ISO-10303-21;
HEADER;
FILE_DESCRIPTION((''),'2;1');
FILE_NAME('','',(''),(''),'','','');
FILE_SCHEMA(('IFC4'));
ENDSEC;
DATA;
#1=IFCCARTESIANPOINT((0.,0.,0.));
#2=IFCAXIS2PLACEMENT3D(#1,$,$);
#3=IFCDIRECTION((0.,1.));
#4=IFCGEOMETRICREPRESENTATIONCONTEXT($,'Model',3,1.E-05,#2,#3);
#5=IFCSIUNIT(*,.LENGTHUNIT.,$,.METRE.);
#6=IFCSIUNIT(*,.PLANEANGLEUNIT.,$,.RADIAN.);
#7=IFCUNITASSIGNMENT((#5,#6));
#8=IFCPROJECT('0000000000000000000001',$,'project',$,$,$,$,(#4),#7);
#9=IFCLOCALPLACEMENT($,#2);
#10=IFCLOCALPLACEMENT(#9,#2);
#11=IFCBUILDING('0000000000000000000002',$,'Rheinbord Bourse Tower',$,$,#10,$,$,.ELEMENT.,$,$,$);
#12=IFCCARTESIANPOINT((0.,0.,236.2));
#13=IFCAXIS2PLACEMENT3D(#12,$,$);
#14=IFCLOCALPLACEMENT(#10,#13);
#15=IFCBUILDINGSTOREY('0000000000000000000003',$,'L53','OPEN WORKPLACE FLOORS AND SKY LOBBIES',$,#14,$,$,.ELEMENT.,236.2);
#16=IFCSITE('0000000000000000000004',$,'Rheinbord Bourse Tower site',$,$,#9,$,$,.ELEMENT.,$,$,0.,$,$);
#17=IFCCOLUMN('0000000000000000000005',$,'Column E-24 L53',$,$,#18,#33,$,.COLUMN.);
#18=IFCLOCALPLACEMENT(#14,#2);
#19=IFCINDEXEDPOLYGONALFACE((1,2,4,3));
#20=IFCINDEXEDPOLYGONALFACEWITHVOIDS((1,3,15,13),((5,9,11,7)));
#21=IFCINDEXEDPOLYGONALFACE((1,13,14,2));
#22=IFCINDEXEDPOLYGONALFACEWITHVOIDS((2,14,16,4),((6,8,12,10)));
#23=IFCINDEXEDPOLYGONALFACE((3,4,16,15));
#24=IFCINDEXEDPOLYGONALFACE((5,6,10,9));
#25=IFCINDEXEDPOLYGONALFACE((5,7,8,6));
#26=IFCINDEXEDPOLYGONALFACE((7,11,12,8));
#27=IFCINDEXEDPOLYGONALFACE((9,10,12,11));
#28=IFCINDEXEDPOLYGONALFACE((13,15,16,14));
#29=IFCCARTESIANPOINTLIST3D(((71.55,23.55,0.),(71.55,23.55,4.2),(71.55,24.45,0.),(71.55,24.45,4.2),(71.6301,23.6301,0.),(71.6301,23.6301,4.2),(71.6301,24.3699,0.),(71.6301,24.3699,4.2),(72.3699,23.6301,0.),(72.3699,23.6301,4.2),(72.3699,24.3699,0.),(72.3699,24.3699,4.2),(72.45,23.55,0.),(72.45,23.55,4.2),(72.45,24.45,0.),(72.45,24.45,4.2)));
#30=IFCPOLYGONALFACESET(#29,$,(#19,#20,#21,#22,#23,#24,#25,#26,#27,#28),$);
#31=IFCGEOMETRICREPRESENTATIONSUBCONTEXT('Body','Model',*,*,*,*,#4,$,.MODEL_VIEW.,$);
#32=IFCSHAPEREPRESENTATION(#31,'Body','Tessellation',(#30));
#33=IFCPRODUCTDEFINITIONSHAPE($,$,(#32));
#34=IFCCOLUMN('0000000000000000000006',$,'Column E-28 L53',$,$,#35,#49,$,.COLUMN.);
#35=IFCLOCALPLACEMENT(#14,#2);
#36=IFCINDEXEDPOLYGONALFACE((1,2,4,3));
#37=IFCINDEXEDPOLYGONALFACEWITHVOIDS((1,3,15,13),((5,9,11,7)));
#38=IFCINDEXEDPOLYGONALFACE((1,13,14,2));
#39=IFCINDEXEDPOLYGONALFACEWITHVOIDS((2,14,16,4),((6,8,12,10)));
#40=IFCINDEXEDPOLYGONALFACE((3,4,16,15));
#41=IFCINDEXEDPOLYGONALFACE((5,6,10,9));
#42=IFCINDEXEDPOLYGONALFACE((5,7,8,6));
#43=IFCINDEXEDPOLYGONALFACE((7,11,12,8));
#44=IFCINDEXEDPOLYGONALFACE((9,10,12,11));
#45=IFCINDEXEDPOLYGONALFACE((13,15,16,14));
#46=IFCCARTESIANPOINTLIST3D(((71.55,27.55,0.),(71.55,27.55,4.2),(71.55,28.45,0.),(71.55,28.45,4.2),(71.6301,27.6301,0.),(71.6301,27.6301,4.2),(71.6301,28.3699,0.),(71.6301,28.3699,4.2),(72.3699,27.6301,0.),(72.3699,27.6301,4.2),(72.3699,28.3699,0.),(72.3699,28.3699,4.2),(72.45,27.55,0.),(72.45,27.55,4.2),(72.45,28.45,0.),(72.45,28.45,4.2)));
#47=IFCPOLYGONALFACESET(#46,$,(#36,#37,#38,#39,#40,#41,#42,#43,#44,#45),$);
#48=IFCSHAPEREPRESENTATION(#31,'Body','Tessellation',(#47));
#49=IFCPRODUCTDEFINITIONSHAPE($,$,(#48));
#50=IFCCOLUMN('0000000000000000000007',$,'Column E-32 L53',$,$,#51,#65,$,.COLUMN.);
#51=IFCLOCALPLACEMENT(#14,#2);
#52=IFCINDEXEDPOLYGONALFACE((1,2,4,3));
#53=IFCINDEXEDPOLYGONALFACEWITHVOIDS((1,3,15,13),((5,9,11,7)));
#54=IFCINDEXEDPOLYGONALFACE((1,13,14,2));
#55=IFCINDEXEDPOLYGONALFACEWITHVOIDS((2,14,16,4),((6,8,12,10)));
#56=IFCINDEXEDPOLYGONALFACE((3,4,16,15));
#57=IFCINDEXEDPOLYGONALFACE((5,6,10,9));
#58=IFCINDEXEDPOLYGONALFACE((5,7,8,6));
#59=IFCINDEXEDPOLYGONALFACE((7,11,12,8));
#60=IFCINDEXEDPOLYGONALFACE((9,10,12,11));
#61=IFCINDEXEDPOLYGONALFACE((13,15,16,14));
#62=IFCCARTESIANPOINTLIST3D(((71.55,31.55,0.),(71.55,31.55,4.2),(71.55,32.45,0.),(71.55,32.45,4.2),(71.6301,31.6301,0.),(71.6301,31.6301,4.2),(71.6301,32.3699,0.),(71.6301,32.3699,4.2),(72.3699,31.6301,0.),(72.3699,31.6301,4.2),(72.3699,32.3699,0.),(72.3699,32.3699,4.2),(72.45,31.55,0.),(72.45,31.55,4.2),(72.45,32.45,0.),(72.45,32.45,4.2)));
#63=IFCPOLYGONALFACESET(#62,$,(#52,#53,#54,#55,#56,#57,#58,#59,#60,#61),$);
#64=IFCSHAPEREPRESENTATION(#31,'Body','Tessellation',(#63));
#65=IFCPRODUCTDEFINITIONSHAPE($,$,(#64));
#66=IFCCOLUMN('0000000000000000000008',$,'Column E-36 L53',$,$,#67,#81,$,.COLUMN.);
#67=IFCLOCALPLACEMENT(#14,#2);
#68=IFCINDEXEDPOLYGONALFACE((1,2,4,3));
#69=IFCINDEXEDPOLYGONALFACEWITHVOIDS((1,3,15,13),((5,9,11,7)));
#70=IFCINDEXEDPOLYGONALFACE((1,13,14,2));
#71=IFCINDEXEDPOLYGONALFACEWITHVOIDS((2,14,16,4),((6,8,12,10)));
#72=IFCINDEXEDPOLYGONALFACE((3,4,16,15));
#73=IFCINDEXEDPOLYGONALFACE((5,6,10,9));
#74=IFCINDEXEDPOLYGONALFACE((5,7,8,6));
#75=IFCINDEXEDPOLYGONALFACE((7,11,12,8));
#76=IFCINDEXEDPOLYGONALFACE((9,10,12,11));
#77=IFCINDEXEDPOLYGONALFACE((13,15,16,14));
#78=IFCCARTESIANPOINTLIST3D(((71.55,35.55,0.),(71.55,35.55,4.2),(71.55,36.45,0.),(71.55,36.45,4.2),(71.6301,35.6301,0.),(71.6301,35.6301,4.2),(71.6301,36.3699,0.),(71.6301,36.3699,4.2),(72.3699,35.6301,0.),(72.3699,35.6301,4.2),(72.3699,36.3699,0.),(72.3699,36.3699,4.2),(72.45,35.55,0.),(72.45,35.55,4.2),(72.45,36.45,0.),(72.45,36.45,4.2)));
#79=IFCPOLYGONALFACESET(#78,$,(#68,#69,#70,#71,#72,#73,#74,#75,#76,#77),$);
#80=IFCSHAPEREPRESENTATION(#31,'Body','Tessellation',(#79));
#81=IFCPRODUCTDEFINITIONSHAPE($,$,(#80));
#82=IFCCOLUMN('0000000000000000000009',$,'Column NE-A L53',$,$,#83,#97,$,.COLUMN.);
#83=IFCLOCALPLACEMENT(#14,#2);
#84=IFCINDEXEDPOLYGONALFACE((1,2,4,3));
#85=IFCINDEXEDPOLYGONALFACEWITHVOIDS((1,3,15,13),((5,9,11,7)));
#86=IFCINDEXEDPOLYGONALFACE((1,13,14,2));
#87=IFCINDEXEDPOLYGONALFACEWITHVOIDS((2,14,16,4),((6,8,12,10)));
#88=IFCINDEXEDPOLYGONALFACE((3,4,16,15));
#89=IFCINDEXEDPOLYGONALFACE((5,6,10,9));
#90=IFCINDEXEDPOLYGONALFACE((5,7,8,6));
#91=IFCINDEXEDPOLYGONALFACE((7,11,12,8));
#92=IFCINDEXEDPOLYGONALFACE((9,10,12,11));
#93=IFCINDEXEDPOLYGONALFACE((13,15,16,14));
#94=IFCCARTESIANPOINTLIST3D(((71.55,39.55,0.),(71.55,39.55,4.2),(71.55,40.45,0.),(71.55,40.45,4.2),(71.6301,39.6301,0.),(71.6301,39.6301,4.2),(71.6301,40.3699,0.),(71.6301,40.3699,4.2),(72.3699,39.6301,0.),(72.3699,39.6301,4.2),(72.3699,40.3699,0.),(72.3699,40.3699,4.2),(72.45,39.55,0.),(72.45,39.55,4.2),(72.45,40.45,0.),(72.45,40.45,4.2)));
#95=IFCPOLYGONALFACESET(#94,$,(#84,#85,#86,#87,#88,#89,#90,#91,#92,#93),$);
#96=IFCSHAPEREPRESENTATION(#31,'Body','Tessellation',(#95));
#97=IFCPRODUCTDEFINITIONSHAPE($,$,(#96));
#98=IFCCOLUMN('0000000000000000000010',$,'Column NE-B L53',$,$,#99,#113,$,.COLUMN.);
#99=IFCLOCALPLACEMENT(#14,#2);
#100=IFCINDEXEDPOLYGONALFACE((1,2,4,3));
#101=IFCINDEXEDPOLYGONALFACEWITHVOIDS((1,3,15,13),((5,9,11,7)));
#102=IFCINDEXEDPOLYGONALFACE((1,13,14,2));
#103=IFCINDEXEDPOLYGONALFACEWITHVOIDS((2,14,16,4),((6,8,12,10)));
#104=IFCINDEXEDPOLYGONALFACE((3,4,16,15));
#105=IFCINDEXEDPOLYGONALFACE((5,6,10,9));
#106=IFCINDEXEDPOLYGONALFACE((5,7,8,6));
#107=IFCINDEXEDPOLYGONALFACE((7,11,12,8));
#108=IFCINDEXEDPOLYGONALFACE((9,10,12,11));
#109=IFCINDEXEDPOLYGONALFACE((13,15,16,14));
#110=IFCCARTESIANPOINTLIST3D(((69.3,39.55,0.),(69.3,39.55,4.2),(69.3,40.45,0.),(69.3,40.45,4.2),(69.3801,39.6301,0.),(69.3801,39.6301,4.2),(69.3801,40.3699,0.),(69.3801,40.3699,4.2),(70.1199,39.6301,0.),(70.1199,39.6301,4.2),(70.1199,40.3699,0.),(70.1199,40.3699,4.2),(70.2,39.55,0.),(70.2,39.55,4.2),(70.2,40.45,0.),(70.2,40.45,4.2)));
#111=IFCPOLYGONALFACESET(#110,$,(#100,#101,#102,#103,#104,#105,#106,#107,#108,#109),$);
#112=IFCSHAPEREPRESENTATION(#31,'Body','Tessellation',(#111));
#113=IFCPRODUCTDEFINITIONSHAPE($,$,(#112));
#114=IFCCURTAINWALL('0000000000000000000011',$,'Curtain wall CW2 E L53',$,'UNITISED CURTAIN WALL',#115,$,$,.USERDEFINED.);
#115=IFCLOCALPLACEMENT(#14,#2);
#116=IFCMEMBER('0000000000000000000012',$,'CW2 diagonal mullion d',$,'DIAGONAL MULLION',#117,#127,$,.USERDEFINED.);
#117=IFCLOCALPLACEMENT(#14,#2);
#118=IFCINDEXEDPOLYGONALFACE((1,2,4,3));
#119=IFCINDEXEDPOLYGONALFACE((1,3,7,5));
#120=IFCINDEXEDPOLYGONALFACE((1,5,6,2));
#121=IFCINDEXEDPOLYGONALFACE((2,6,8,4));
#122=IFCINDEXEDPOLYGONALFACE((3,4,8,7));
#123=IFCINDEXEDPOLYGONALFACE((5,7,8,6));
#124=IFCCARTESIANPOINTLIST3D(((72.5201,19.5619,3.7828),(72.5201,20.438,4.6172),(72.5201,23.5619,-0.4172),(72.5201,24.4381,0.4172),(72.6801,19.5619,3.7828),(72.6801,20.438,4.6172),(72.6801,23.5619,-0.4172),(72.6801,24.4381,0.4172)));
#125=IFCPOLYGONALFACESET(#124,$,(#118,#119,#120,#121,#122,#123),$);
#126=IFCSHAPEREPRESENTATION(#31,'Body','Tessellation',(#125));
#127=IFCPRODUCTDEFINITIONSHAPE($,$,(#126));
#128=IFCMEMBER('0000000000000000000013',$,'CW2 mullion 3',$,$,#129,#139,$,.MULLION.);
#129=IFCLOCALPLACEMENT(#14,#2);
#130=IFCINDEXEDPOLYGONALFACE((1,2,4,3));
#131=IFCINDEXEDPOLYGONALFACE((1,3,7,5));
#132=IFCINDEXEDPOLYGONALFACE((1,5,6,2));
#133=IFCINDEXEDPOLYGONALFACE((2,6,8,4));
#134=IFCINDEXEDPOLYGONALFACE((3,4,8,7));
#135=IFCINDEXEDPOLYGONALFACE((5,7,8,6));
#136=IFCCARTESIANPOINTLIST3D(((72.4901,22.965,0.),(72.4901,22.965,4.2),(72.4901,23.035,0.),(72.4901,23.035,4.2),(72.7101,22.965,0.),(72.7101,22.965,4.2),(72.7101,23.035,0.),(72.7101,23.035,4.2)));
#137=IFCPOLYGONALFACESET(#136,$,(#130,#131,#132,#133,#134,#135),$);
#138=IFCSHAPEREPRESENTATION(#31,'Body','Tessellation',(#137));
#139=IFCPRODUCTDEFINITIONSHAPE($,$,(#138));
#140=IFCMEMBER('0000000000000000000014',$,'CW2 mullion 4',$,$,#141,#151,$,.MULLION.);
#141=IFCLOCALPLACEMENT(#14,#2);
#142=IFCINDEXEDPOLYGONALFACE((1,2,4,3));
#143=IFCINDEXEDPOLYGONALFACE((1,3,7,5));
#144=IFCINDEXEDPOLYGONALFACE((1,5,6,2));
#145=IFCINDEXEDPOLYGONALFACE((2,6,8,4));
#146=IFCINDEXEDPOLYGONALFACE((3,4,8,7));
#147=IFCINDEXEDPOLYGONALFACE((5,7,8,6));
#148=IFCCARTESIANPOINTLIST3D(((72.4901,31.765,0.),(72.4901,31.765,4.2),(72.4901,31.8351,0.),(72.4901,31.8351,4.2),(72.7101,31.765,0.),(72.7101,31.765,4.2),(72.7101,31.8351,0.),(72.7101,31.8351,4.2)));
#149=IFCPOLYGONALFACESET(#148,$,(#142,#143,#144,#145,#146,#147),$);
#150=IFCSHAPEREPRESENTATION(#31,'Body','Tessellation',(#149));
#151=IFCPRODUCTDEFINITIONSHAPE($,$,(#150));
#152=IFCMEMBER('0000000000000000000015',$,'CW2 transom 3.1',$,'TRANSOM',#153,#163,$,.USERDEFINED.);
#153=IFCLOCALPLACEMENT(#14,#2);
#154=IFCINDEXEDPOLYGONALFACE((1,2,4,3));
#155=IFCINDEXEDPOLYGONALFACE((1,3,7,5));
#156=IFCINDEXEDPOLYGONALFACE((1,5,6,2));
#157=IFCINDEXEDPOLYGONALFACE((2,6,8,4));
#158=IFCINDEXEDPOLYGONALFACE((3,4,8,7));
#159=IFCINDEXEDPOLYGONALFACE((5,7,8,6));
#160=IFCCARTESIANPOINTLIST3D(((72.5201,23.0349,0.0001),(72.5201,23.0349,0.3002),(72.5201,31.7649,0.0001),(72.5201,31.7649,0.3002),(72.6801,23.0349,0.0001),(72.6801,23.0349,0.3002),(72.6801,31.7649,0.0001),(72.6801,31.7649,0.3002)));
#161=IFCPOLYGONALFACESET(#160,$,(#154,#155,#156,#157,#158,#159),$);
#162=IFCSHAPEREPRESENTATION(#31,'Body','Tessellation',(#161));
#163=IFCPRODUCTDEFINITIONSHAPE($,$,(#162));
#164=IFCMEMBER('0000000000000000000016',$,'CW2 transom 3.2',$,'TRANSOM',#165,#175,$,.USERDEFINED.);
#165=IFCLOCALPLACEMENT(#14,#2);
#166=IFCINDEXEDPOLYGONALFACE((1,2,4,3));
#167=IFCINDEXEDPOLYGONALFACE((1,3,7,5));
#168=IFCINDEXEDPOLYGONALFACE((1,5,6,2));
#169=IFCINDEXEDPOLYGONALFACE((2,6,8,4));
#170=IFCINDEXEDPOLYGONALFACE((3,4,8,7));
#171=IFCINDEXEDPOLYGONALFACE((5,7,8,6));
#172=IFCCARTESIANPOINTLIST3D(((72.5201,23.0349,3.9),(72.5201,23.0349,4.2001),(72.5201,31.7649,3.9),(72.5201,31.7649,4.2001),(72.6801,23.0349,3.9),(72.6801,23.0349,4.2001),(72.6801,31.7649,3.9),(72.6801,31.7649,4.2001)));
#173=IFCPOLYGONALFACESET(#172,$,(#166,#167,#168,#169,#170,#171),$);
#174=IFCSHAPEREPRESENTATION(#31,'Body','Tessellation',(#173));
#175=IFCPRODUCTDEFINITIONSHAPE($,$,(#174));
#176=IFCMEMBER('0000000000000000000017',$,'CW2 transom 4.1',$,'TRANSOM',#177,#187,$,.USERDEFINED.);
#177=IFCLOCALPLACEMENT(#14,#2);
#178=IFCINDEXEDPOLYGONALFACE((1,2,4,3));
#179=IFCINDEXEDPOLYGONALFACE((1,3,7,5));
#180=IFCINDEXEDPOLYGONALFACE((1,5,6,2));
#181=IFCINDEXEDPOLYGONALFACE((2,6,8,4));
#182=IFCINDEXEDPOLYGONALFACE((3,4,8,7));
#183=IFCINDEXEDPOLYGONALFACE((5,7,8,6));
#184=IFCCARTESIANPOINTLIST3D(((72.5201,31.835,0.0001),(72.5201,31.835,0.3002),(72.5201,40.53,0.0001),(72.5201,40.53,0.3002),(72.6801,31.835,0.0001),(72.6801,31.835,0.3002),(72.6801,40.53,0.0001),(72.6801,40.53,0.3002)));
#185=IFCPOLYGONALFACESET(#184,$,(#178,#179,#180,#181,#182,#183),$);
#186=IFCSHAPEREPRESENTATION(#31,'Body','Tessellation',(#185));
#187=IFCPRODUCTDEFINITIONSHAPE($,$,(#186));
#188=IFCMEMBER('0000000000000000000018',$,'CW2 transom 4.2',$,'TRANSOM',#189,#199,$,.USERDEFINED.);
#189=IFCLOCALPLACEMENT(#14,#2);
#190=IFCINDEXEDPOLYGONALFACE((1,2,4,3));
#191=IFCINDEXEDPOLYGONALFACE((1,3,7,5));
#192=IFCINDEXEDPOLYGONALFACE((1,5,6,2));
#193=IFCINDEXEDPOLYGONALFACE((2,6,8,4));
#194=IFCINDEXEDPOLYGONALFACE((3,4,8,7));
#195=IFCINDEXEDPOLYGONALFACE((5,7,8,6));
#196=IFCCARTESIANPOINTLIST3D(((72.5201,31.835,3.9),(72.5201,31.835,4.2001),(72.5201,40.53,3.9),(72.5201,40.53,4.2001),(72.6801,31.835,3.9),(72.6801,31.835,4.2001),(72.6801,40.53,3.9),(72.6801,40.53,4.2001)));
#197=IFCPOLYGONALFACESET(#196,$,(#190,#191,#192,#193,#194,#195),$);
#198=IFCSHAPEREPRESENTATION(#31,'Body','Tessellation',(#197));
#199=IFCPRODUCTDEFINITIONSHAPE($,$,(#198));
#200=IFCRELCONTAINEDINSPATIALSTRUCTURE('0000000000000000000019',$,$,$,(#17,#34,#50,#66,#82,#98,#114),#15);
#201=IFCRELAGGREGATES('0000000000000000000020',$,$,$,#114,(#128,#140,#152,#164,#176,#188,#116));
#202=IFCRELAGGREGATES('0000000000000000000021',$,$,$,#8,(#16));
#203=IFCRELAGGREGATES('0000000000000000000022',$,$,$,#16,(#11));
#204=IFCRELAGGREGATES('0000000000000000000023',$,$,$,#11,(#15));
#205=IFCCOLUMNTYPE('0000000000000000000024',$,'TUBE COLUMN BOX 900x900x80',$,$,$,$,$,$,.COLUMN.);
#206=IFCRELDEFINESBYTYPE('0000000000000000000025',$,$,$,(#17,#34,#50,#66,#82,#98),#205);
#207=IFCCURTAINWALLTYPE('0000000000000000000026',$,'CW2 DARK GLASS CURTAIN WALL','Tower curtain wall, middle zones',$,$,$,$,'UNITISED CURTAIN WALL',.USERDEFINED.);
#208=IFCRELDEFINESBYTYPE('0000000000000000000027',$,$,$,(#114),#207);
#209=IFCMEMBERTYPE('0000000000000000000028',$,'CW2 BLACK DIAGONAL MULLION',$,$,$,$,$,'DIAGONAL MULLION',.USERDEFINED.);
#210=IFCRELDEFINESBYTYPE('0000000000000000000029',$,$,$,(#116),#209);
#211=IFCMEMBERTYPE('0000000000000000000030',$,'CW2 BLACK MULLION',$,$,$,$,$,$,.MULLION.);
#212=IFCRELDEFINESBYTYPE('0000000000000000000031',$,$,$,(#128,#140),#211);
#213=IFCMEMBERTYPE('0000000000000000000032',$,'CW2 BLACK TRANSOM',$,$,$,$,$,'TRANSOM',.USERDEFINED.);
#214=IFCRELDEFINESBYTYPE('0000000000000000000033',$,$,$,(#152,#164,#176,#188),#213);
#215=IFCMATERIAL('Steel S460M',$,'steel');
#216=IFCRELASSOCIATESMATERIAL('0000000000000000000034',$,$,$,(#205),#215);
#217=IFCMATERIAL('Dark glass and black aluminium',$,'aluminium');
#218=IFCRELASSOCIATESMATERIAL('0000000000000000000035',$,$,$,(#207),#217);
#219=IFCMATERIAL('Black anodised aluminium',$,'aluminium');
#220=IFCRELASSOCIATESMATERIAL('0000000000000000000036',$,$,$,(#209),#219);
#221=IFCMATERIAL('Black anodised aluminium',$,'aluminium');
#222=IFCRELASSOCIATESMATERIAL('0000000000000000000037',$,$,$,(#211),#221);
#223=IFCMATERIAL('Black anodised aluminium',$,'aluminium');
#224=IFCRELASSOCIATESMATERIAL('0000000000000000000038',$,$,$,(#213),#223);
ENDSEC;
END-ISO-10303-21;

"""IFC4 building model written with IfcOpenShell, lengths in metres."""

from ifc_helpers import new_model, si_unit, direction, frame, origin, origin_2d, place, context, subcontext, project, spatial, rectangle, hollow_rectangle, extrude, material, material_profile, profile_set, type_object, element, aggregate, save


model = new_model("IFC4")

# Units and contexts
model_context = context("Model", 3, precision=1e-05, world=origin(), true_north=direction((0.0, 1.0)))
body_context = subcontext(model_context, "Body", "Model", "MODEL_VIEW")
ifc_project = project(units=[si_unit("LENGTHUNIT", "METRE"), si_unit("PLANEANGLEUNIT", "RADIAN")], contexts=[model_context])

# Site, building, storey
site_placement = place(None, origin())
site = spatial("IfcSite", under=ifc_project, at=site_placement, Name="Rheinbord Bourse Tower site", CompositionType="ELEMENT", RefElevation=0.0)
building_placement = place(site_placement, origin())
building = spatial("IfcBuilding", under=site, at=building_placement, Name="Rheinbord Bourse Tower", CompositionType="ELEMENT")
storey_placement = place(building_placement, frame((0.0, 0.0, 236.2)))
storey = spatial("IfcBuildingStorey", under=building, at=storey_placement, Name="L53", Description="OPEN WORKPLACE FLOORS AND SKY LOBBIES", CompositionType="ELEMENT", Elevation=236.2)

# Columns
ifc_material_1 = material(Name="Steel S460M", Category="steel")
ifc_material_profile_1 = material_profile(ifc_material_1, hollow_rectangle(XDim=0.8999, YDim=0.8999, WallThickness=0.0801, at=origin_2d()), Name="BOX 900x900x80")
ifc_profile_set_1 = profile_set([ifc_material_profile_1], Name="Steel S460M")
column_type = type_object("IfcColumnType", Name="TUBE COLUMN BOX 900x900x80", PredefinedType="COLUMN", material=ifc_profile_set_1)
for number, where, z_axis, x_axis, name in (
    (1, (72.0, 24.0, 0.0), (0.0, 0.0, 1.0), (1.0, 0.0, 0.0), "Column E-24 L53"),
    (2, (72.0, 28.0, 0.0), (0.0, 0.0, 1.0), (1.0, 0.0, 0.0), "Column E-28 L53"),
    (3, (72.0, 32.0, 0.0), (0.0, 0.0, 1.0), (1.0, 0.0, 0.0), "Column E-32 L53"),
    (4, (72.0, 36.0, 0.0), (0.0, 0.0, 1.0), (1.0, 0.0, 0.0), "Column E-36 L53"),
    (5, (72.0, 40.0, 0.0), (0.0, 0.0, 1.0), (1.0, 0.0, 0.0), "Column NE-A L53"),
    (6, (69.75, 40.0, 0.0), (0.0, 0.0, 1.0), (1.0, 0.0, 0.0), "Column NE-B L53"),
):
    element("IfcColumn", number, at=place(storey_placement, frame(where, z_axis=z_axis, x_axis=x_axis)), inside=storey, type_object=column_type, Name=name, PredefinedType="COLUMN", context=body_context, shape_type="SweptSolid", body=[
        extrude(hollow_rectangle(XDim=0.8999, YDim=0.8999, WallThickness=0.0801, at=origin_2d()), origin(), (0.0, 0.0, 1.0), 4.2),
    ])

# Curtain wall, members
ifc_material_2 = material(Name="Dark glass and black aluminium", Category="aluminium")
curtain_wall_type = type_object("IfcCurtainWallType", Name="CW2 DARK GLASS CURTAIN WALL", Description="Tower curtain wall, middle zones", ElementType="UNITISED CURTAIN WALL", PredefinedType="USERDEFINED", material=ifc_material_2)
curtain_wall_placement = place(storey_placement, origin())
curtain_wall = element("IfcCurtainWall", 7, at=curtain_wall_placement, inside=storey, type_object=curtain_wall_type, Name="Curtain wall CW2 E L53", ObjectType="UNITISED CURTAIN WALL", PredefinedType="USERDEFINED")
ifc_material_3 = material(Name="Black anodised aluminium", Category="aluminium")
ifc_material_profile_2 = material_profile(ifc_material_3, rectangle(XDim=0.1599, YDim=1.21, at=origin_2d()), Name="CW2 DIAGONAL MULLION 1210x160")
ifc_profile_set_2 = profile_set([ifc_material_profile_2], Name="Black anodised aluminium")
member_type_1 = type_object("IfcMemberType", Name="CW2 BLACK DIAGONAL MULLION", ElementType="DIAGONAL MULLION", PredefinedType="USERDEFINED", material=ifc_profile_set_2)
member_1_placement = place(storey_placement, frame((72.6001, 24.0, 0.0), z_axis=(0.0, -0.689659, 0.724134), x_axis=(1.0, 0.0, 0.0)))
member_1 = element("IfcMember", 8, at=member_1_placement, type_object=member_type_1, Name="CW2 diagonal mullion d", ObjectType="DIAGONAL MULLION", PredefinedType="USERDEFINED", context=body_context, shape_type="SweptSolid", body=[
    extrude(rectangle(XDim=0.1599, YDim=1.21, at=origin_2d()), origin(), (0.0, 0.0, 1.0), 5.8),
])
ifc_material_4 = material(Name="Black anodised aluminium", Category="aluminium")
ifc_material_profile_3 = material_profile(ifc_material_4, rectangle(XDim=0.22, YDim=0.0701, at=origin_2d()), Name="CW2 MULLION 70x220")
ifc_profile_set_3 = profile_set([ifc_material_profile_3], Name="Black anodised aluminium")
member_type_2 = type_object("IfcMemberType", Name="CW2 BLACK MULLION", PredefinedType="MULLION", material=ifc_profile_set_3)
member_2_placement = place(storey_placement, frame((72.6001, 23.0, 0.0), z_axis=(0.0, 0.0, 1.0), x_axis=(-1.0, 0.0, 0.0)))
member_2 = element("IfcMember", 9, at=member_2_placement, type_object=member_type_2, Name="CW2 mullion 3", PredefinedType="MULLION", context=body_context, shape_type="SweptSolid", body=[
    extrude(rectangle(XDim=0.22, YDim=0.0701, at=origin_2d()), origin(), (0.0, 0.0, 1.0), 4.2),
])
member_3_placement = place(storey_placement, frame((72.6001, 31.8, 0.0), z_axis=(0.0, 0.0, 1.0), x_axis=(-1.0, 0.0, 0.0)))
member_3 = element("IfcMember", 10, at=member_3_placement, type_object=member_type_2, Name="CW2 mullion 4", PredefinedType="MULLION", context=body_context, shape_type="SweptSolid", body=[
    extrude(rectangle(XDim=0.22, YDim=0.0701, at=origin_2d()), origin(), (0.0, 0.0, 1.0), 4.2),
])
ifc_material_5 = material(Name="Black anodised aluminium", Category="aluminium")
ifc_material_profile_4 = material_profile(ifc_material_5, rectangle(XDim=0.1599, YDim=0.3, at=origin_2d()), Name="CW2 TRANSOM 300x160")
ifc_profile_set_4 = profile_set([ifc_material_profile_4], Name="Black anodised aluminium")
member_type_3 = type_object("IfcMemberType", Name="CW2 BLACK TRANSOM", ElementType="TRANSOM", PredefinedType="USERDEFINED", material=ifc_profile_set_4)
member_4_placement = place(storey_placement, frame((72.6001, 23.0349, 0.1501), z_axis=(0.0, 1.0, 0.0), x_axis=(-1.0, 0.0, 0.0)))
member_4 = element("IfcMember", 11, at=member_4_placement, type_object=member_type_3, Name="CW2 transom 3.1", ObjectType="TRANSOM", PredefinedType="USERDEFINED", context=body_context, shape_type="SweptSolid", body=[
    extrude(rectangle(XDim=0.1599, YDim=0.3, at=origin_2d()), origin(), (0.0, 0.0, 1.0), 8.73),
])
member_5_placement = place(storey_placement, frame((72.6001, 23.0349, 4.05), z_axis=(0.0, 1.0, 0.0), x_axis=(-1.0, 0.0, 0.0)))
member_5 = element("IfcMember", 12, at=member_5_placement, type_object=member_type_3, Name="CW2 transom 3.2", ObjectType="TRANSOM", PredefinedType="USERDEFINED", context=body_context, shape_type="SweptSolid", body=[
    extrude(rectangle(XDim=0.1599, YDim=0.3, at=origin_2d()), origin(), (0.0, 0.0, 1.0), 8.73),
])
member_6_placement = place(storey_placement, frame((72.6001, 31.835, 0.1501), z_axis=(0.0, 1.0, 0.0), x_axis=(-1.0, 0.0, 0.0)))
member_6 = element("IfcMember", 13, at=member_6_placement, type_object=member_type_3, Name="CW2 transom 4.1", ObjectType="TRANSOM", PredefinedType="USERDEFINED", context=body_context, shape_type="SweptSolid", body=[
    extrude(rectangle(XDim=0.1599, YDim=0.3, at=origin_2d()), origin(), (0.0, 0.0, 1.0), 8.6951),
])
member_7_placement = place(storey_placement, frame((72.6001, 31.835, 4.05), z_axis=(0.0, 1.0, 0.0), x_axis=(-1.0, 0.0, 0.0)))
member_7 = element("IfcMember", 14, at=member_7_placement, type_object=member_type_3, Name="CW2 transom 4.2", ObjectType="TRANSOM", PredefinedType="USERDEFINED", context=body_context, shape_type="SweptSolid", body=[
    extrude(rectangle(XDim=0.1599, YDim=0.3, at=origin_2d()), origin(), (0.0, 0.0, 1.0), 8.6951),
])

aggregate(curtain_wall, [member_2, member_3, member_4, member_5, member_6, member_7, member_1])

save(model, "model.ifc")
